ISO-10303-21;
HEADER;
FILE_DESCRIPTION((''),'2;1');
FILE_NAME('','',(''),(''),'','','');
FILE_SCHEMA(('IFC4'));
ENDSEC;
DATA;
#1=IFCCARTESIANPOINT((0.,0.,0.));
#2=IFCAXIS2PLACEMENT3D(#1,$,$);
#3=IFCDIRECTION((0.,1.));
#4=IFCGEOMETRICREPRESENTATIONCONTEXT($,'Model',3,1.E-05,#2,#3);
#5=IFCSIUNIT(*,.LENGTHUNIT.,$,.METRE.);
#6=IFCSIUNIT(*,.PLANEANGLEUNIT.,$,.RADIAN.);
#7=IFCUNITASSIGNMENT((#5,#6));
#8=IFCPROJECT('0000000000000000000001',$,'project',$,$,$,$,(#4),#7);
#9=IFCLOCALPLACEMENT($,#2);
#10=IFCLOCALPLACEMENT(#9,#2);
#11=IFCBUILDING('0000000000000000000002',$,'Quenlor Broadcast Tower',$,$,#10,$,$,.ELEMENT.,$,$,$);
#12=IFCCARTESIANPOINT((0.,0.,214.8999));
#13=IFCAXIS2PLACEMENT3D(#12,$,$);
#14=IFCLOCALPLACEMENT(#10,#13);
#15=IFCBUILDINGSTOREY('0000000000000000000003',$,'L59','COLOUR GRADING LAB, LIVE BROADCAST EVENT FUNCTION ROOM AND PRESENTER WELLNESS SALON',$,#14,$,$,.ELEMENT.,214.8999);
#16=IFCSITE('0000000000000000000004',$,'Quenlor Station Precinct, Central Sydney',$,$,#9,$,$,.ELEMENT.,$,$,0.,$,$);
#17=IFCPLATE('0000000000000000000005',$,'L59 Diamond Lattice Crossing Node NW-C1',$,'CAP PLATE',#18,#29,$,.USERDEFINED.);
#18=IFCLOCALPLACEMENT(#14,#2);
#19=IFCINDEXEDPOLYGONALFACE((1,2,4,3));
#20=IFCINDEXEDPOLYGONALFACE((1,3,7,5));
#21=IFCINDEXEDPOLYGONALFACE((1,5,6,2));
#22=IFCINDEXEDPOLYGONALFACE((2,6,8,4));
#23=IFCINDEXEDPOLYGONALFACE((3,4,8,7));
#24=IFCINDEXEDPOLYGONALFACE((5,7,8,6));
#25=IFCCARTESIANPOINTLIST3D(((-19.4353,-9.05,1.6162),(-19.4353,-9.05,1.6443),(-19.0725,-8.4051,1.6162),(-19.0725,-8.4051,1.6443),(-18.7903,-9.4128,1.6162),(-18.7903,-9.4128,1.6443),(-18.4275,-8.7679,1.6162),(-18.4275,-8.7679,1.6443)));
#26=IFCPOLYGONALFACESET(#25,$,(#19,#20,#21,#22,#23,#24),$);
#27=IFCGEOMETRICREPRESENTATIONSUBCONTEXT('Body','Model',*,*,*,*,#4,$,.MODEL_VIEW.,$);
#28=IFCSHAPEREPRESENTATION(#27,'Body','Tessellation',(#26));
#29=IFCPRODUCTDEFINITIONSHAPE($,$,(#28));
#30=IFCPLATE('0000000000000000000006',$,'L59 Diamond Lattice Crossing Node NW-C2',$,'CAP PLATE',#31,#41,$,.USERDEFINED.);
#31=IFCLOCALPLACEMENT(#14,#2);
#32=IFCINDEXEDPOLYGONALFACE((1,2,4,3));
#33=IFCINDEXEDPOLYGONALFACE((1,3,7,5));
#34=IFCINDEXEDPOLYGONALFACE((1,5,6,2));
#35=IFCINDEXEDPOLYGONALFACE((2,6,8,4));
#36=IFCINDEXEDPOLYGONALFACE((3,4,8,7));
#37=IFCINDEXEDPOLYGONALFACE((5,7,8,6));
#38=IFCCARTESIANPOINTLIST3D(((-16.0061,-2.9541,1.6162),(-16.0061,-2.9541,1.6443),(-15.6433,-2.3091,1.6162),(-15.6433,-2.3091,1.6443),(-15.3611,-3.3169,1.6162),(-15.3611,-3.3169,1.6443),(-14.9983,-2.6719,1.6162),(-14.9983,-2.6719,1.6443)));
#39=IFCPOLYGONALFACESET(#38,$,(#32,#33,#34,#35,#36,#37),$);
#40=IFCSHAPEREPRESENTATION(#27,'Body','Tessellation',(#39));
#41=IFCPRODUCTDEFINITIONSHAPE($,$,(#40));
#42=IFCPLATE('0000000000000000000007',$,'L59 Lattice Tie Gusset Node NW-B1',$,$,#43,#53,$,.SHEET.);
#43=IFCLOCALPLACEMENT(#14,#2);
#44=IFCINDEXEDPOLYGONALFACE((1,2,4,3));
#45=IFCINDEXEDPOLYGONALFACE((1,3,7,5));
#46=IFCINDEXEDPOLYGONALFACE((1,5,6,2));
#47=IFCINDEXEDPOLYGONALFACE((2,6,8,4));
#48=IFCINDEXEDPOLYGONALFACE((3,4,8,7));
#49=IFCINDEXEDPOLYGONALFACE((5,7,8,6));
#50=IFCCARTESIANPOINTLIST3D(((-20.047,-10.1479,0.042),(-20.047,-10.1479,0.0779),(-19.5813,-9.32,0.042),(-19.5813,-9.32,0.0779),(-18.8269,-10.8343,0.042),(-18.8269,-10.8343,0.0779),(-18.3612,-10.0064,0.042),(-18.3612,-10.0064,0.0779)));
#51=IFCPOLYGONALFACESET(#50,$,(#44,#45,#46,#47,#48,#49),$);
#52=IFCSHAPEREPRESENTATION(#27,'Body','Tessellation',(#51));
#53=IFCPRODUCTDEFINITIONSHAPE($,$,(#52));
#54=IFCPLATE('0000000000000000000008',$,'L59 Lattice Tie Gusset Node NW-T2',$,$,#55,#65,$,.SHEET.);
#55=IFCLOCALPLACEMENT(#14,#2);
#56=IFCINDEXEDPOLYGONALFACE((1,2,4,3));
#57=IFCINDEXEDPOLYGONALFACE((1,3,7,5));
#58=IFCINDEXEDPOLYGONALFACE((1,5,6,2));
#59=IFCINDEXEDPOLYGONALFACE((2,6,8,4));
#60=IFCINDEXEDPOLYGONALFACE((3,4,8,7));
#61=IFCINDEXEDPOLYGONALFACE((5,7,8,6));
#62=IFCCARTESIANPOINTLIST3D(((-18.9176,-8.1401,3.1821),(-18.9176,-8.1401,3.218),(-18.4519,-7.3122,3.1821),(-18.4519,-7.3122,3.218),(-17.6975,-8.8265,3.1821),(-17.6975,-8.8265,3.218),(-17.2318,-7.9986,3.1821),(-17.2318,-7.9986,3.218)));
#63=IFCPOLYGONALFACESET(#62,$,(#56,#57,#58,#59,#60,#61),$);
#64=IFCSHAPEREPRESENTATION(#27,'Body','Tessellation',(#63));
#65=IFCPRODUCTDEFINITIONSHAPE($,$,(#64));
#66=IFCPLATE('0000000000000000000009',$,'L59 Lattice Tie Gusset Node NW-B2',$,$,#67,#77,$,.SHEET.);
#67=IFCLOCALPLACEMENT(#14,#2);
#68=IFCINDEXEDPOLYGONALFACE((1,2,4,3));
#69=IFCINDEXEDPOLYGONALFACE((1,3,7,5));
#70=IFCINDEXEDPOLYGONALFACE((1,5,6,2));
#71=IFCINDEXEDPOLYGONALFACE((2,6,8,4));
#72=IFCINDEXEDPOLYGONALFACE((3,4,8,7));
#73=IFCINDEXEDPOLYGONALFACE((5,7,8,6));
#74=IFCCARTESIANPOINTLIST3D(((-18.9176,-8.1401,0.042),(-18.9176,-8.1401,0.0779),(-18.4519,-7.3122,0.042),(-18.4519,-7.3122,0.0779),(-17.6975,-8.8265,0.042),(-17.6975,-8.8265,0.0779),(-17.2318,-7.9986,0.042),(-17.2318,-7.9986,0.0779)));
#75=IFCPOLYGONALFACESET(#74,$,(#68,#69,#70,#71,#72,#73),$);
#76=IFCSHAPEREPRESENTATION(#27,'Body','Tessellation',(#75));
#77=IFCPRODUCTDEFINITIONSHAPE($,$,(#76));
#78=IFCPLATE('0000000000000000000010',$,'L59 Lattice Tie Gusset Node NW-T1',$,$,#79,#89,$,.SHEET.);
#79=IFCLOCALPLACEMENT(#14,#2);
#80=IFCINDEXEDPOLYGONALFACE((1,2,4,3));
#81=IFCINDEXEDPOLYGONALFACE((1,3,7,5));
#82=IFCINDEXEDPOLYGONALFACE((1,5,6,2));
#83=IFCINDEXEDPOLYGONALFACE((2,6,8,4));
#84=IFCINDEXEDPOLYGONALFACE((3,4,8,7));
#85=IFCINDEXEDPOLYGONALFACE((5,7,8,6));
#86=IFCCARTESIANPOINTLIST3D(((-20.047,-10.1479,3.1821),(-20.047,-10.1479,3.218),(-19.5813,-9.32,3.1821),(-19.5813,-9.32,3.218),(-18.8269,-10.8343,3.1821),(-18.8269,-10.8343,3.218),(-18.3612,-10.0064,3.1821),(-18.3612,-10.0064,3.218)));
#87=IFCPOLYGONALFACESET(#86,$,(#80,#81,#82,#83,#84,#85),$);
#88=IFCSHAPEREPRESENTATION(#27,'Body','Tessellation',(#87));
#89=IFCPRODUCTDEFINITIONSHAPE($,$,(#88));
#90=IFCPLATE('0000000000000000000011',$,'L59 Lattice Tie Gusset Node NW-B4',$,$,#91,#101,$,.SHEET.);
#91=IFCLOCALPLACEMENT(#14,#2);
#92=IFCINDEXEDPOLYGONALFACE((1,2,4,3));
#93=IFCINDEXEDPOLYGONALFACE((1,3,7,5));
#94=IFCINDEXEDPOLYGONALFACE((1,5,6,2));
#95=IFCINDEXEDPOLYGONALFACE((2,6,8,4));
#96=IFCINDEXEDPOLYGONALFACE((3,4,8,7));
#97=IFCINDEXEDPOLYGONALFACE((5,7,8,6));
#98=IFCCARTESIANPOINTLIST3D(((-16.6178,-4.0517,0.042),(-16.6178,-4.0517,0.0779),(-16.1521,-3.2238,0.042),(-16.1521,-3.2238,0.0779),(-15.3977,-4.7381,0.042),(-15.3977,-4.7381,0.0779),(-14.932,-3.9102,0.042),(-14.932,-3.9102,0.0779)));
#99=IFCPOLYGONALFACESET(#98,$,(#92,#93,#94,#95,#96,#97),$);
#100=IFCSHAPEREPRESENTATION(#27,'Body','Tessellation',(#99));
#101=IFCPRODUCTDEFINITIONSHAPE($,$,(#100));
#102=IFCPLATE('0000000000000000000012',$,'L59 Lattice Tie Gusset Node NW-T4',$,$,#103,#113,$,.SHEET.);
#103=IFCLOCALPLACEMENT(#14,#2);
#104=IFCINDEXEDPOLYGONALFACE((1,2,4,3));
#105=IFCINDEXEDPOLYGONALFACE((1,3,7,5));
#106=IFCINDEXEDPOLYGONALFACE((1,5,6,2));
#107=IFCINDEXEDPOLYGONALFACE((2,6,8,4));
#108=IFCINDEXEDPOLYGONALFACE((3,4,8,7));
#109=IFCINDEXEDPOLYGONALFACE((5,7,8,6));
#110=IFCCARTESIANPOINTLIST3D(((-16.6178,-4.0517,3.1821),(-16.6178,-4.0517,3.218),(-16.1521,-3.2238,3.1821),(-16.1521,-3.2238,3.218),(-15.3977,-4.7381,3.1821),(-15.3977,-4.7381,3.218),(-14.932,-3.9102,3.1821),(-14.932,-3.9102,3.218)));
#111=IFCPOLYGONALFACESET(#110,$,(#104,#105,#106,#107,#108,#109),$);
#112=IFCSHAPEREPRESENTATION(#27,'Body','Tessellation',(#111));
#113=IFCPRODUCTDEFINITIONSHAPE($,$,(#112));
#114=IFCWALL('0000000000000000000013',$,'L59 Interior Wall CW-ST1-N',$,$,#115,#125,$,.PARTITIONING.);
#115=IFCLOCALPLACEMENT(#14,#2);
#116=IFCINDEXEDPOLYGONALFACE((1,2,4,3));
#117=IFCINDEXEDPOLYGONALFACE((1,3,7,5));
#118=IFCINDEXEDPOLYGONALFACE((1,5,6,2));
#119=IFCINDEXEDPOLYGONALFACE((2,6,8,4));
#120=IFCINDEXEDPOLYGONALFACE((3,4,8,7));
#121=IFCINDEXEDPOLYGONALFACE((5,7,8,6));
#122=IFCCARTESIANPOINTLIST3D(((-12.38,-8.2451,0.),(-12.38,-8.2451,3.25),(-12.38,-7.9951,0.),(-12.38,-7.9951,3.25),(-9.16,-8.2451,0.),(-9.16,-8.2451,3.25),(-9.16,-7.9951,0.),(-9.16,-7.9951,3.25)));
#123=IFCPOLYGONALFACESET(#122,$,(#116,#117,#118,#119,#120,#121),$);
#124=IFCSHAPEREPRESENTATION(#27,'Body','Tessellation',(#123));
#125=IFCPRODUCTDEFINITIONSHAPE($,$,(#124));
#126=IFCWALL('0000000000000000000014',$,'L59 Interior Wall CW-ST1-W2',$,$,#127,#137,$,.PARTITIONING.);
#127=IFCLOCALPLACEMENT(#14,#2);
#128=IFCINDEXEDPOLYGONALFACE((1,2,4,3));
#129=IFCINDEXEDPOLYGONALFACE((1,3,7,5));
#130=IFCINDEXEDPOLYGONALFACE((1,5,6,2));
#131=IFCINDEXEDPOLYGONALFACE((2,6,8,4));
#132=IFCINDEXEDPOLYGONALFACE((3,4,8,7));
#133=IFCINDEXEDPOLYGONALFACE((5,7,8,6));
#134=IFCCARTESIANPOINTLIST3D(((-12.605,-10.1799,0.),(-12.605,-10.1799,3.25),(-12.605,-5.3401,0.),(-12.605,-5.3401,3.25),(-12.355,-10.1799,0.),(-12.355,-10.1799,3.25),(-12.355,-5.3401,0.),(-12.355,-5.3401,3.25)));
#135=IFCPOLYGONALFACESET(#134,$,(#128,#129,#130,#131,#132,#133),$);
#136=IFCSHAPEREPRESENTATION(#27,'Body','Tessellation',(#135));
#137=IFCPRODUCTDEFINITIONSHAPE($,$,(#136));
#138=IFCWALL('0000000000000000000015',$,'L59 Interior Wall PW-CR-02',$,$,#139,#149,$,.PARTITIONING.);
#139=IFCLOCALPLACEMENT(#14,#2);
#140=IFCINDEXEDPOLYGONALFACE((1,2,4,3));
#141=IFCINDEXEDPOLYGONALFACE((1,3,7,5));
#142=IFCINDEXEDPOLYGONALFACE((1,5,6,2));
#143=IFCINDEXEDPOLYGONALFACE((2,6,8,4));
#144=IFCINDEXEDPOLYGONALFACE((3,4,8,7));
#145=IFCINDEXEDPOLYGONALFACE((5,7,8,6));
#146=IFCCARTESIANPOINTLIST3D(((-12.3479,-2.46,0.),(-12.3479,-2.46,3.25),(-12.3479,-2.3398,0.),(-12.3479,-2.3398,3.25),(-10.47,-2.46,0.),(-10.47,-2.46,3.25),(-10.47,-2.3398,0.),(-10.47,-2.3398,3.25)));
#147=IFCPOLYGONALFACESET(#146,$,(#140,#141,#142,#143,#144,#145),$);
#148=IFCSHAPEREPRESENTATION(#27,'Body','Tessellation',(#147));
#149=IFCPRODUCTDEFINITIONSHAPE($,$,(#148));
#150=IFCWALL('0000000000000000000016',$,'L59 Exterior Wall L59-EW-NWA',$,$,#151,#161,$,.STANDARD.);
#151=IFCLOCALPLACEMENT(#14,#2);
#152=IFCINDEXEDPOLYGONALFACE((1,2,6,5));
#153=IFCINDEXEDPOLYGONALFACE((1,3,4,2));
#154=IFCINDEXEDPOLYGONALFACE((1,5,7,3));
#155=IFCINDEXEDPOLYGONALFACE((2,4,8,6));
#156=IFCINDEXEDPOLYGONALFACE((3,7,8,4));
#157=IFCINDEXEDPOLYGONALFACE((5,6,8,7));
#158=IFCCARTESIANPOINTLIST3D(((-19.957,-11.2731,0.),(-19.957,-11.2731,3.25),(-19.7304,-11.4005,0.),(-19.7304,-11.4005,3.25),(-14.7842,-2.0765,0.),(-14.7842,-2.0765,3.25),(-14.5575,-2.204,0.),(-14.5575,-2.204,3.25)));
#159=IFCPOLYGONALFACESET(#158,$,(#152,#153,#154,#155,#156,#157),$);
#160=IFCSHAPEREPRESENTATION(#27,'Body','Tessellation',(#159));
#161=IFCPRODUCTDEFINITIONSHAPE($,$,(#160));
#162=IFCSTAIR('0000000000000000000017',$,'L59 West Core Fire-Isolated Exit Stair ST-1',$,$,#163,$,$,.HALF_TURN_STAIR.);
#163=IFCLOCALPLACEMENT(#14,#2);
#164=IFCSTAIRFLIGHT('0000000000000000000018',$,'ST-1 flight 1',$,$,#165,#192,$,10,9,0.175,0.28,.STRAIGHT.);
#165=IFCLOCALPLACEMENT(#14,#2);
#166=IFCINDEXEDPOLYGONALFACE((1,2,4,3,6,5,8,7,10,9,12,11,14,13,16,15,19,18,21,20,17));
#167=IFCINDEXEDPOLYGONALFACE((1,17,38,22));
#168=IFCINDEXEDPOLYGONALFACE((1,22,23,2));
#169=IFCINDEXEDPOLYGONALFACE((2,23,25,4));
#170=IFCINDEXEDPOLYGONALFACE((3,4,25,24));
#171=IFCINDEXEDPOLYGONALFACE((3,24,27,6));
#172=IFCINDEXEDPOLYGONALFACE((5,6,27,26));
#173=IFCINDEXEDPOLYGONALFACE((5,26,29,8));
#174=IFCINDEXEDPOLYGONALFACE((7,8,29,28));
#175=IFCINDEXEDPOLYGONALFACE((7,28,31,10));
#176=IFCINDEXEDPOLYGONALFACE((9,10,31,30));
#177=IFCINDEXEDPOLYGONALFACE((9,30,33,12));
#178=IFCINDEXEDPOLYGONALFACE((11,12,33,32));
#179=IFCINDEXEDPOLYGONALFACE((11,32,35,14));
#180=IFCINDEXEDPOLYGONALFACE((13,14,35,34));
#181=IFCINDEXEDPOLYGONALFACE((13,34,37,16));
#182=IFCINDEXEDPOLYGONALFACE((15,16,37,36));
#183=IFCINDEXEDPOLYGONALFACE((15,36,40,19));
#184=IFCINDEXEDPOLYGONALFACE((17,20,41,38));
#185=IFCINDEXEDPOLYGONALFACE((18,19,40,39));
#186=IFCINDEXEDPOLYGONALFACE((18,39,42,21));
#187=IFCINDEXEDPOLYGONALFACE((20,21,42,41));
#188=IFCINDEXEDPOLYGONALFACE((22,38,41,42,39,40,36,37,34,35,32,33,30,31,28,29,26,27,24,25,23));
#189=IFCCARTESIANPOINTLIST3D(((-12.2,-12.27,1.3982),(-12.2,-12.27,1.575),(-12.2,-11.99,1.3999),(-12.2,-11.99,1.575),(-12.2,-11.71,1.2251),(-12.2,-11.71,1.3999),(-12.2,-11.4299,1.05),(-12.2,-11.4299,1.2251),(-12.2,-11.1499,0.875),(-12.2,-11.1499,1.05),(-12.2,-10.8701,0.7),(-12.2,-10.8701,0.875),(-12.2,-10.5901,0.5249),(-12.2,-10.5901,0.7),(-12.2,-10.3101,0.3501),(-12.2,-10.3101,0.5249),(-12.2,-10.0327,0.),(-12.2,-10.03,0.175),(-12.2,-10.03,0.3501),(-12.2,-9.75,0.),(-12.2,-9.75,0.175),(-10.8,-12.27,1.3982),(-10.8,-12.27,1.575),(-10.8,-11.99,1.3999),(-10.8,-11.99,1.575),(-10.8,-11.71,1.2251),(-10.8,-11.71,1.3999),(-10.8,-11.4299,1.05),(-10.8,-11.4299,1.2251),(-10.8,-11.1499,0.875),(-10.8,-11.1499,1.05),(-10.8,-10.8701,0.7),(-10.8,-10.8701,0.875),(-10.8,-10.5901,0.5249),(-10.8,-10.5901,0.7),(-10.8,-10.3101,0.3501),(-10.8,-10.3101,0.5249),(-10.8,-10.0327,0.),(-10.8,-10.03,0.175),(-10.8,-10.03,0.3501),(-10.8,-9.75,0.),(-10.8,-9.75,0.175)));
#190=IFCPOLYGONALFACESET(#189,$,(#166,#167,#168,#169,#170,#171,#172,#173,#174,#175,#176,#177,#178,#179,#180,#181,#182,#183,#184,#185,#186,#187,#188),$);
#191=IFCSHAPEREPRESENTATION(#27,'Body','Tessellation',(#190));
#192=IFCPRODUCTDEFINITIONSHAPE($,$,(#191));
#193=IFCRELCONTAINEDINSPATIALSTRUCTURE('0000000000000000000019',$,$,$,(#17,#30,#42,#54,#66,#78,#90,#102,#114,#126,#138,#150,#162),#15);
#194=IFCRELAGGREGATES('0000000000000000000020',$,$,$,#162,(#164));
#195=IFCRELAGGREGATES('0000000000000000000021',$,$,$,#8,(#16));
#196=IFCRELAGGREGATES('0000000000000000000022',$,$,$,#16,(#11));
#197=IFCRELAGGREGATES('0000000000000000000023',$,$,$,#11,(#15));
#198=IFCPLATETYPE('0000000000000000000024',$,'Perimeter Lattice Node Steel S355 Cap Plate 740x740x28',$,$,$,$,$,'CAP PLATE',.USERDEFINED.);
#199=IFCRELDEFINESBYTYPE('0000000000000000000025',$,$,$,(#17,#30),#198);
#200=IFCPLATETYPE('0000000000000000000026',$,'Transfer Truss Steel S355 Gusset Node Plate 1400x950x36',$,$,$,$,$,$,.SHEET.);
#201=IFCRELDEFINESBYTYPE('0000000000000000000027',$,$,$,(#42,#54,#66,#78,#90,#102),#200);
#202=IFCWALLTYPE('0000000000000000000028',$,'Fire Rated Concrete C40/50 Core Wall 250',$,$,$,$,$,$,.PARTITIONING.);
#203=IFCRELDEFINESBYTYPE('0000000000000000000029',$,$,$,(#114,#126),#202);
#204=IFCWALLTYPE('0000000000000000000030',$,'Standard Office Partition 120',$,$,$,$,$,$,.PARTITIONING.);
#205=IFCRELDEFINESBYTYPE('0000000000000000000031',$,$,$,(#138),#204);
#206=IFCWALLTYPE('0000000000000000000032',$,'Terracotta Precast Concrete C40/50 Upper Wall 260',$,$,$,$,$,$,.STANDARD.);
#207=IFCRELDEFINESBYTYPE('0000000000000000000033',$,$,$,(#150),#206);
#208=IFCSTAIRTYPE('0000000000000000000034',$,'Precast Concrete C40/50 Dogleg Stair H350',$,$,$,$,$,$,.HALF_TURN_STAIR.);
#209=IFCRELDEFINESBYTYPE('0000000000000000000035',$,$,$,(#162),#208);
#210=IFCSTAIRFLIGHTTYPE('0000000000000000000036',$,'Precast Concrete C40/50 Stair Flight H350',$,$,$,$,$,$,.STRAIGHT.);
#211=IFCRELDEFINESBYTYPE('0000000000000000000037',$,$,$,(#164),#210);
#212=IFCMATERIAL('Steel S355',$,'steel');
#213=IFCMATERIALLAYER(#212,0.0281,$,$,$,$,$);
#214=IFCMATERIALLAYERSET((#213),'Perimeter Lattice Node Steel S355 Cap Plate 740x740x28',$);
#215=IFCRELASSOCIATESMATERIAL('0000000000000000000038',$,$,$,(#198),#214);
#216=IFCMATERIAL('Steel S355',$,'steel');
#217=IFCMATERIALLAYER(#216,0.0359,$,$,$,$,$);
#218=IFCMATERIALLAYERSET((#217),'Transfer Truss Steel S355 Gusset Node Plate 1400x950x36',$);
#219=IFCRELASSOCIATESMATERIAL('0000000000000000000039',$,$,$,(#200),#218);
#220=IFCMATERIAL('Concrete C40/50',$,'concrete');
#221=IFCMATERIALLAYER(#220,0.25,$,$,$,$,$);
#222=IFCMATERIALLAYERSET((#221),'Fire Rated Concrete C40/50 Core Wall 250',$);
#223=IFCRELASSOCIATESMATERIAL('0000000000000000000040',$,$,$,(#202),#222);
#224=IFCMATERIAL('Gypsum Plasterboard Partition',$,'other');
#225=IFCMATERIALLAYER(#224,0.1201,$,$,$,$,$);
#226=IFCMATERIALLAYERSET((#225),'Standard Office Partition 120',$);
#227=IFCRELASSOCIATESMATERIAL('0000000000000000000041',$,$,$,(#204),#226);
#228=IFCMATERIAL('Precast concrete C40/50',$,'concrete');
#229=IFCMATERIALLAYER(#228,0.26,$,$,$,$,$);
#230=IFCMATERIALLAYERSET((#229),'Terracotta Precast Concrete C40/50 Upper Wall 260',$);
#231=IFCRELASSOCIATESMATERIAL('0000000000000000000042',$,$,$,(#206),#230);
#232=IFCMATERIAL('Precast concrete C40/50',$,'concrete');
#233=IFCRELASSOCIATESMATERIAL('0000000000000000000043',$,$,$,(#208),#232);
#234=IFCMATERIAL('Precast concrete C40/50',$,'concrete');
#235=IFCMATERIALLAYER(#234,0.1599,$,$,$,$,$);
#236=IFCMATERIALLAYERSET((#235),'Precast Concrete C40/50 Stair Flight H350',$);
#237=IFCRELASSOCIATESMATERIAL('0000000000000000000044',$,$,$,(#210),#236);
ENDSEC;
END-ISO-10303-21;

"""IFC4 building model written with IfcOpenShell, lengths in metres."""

from ifc_helpers import new_model, si_unit, direction, frame, frame_2d, origin, origin_2d, place, context, subcontext, project, spatial, polyline, rectangle, outline, extrude, material, layer, layer_set, type_object, element, aggregate, save


model = new_model("IFC4")

# Units and contexts
model_context = context("Model", 3, precision=1e-05, world=origin(), true_north=direction((0.0, 1.0)))
body_context = subcontext(model_context, "Body", "Model", "MODEL_VIEW")
ifc_project = project(units=[si_unit("LENGTHUNIT", "METRE"), si_unit("PLANEANGLEUNIT", "RADIAN")], contexts=[model_context])

# Site, building, storey
site_placement = place(None, origin())
site = spatial("IfcSite", under=ifc_project, at=site_placement, Name="Quenlor Station Precinct, Central Sydney", CompositionType="ELEMENT", RefElevation=0.0)
building_placement = place(site_placement, origin())
building = spatial("IfcBuilding", under=site, at=building_placement, Name="Quenlor Broadcast Tower", CompositionType="ELEMENT")
storey_placement = place(building_placement, frame((0.0, 0.0, 214.8999)))
storey = spatial("IfcBuildingStorey", under=building, at=storey_placement, Name="L59", Description="COLOUR GRADING LAB, LIVE BROADCAST EVENT FUNCTION ROOM AND PRESENTER WELLNESS SALON", CompositionType="ELEMENT", Elevation=214.8999)

# Plates
ifc_material_1 = material(Name="Steel S355", Category="steel")
ifc_layer_1 = layer(ifc_material_1, 0.0281)
ifc_layer_set_1 = layer_set([ifc_layer_1], Name="Perimeter Lattice Node Steel S355 Cap Plate 740x740x28")
plate_type_1 = type_object("IfcPlateType", Name="Perimeter Lattice Node Steel S355 Cap Plate 740x740x28", ElementType="CAP PLATE", PredefinedType="USERDEFINED", material=ifc_layer_set_1)
for number, where, z_axis, x_axis, name in (
    (1, (-18.9314, -8.9089, 1.6162), (0.0, 0.0, 1.0), (0.490295, 0.871556, 0.0), "L59 Diamond Lattice Crossing Node NW-C1"),
    (2, (-15.5022, -2.813, 1.6162), (0.0, 0.0, 1.0), (0.490295, 0.871556, 0.0), "L59 Diamond Lattice Crossing Node NW-C2"),
):
    element("IfcPlate", number, at=place(storey_placement, frame(where, z_axis=z_axis, x_axis=x_axis)), inside=storey, type_object=plate_type_1, Name=name, ObjectType="CAP PLATE", PredefinedType="USERDEFINED", context=body_context, shape_type="SweptSolid", body=[
        extrude(rectangle(XDim=0.74, YDim=0.74, at=origin_2d()), origin(), (0.0, 0.0, 1.0), 0.0281),
    ])
ifc_material_2 = material(Name="Steel S355", Category="steel")
ifc_layer_2 = layer(ifc_material_2, 0.0359)
ifc_layer_set_2 = layer_set([ifc_layer_2], Name="Transfer Truss Steel S355 Gusset Node Plate 1400x950x36")
plate_type_2 = type_object("IfcPlateType", Name="Transfer Truss Steel S355 Gusset Node Plate 1400x950x36", PredefinedType="SHEET", material=ifc_layer_set_2)
for number, where, z_axis, x_axis, name in (
    (3, (-19.2041, -10.0771, 0.042), (0.0, 0.0, 1.0), (-0.871556, 0.490295, 0.0), "L59 Lattice Tie Gusset Node NW-B1"),
    (4, (-18.0747, -8.0693, 3.1821), (0.0, 0.0, 1.0), (-0.871556, 0.490295, 0.0), "L59 Lattice Tie Gusset Node NW-T2"),
    (5, (-18.0747, -8.0693, 0.042), (0.0, 0.0, 1.0), (-0.871556, 0.490295, 0.0), "L59 Lattice Tie Gusset Node NW-B2"),
    (6, (-19.2041, -10.0771, 3.1821), (0.0, 0.0, 1.0), (-0.871556, 0.490295, 0.0), "L59 Lattice Tie Gusset Node NW-T1"),
    (7, (-15.7749, -3.981, 0.042), (0.0, 0.0, 1.0), (-0.871556, 0.490295, 0.0), "L59 Lattice Tie Gusset Node NW-B4"),
    (8, (-15.7749, -3.981, 3.1821), (0.0, 0.0, 1.0), (-0.871556, 0.490295, 0.0), "L59 Lattice Tie Gusset Node NW-T4"),
):
    element("IfcPlate", number, at=place(storey_placement, frame(where, z_axis=z_axis, x_axis=x_axis)), inside=storey, type_object=plate_type_2, Name=name, PredefinedType="SHEET", context=body_context, shape_type="SweptSolid", body=[
        extrude(rectangle(XDim=1.3999, YDim=0.95, at=origin_2d()), origin(), (0.0, 0.0, 1.0), 0.0359),
    ])

# Walls
ifc_material_3 = material(Name="Concrete C40/50", Category="concrete")
ifc_layer_3 = layer(ifc_material_3, 0.25)
ifc_layer_set_3 = layer_set([ifc_layer_3], Name="Fire Rated Concrete C40/50 Core Wall 250")
wall_type_1 = type_object("IfcWallType", Name="Fire Rated Concrete C40/50 Core Wall 250", PredefinedType="PARTITIONING", material=ifc_layer_set_3)
wall_1_placement = place(storey_placement, frame((-12.3799, -8.1201, 0.0), z_axis=(0.0, 0.0, 1.0), x_axis=(1.0, 0.0, 0.0)))
element("IfcWall", 9, at=wall_1_placement, inside=storey, type_object=wall_type_1, Name="L59 Interior Wall CW-ST1-N", PredefinedType="PARTITIONING", context=body_context, shape_type="SweptSolid", body=[
    extrude(rectangle(XDim=3.22, YDim=0.25, at=frame_2d((1.6099, 0.0))), origin(), (0.0, 0.0, 1.0), 3.25),
])
wall_2_placement = place(storey_placement, frame((-12.48, -10.1799, 0.0), z_axis=(0.0, 0.0, 1.0), x_axis=(0.0, 1.0, 0.0)))
element("IfcWall", 10, at=wall_2_placement, inside=storey, type_object=wall_type_1, Name="L59 Interior Wall CW-ST1-W2", PredefinedType="PARTITIONING", context=body_context, shape_type="SweptSolid", body=[
    extrude(rectangle(XDim=4.8398, YDim=0.25, at=frame_2d((2.4199, 0.0))), origin(), (0.0, 0.0, 1.0), 3.25),
])

# Shared definitions
ifc_material_4 = material(Name="Gypsum Plasterboard Partition", Category="other")
ifc_layer_4 = layer(ifc_material_4, 0.1201)
ifc_layer_set_4 = layer_set([ifc_layer_4], Name="Standard Office Partition 120")
wall_type_2 = type_object("IfcWallType", Name="Standard Office Partition 120", PredefinedType="PARTITIONING", material=ifc_layer_set_4)

# Walls
wall_3_placement = place(storey_placement, frame((-12.3479, -2.3999, 0.0), z_axis=(0.0, 0.0, 1.0), x_axis=(1.0, 0.0, 0.0)))
element("IfcWall", 11, at=wall_3_placement, inside=storey, type_object=wall_type_2, Name="L59 Interior Wall PW-CR-02", PredefinedType="PARTITIONING", context=body_context, shape_type="SweptSolid", body=[
    extrude(rectangle(XDim=1.8779, YDim=0.1201, at=frame_2d((0.939, 0.0))), origin(), (0.0, 0.0, 1.0), 3.25),
])
ifc_material_5 = material(Name="Precast concrete C40/50", Category="concrete")
ifc_layer_5 = layer(ifc_material_5, 0.26)
ifc_layer_set_5 = layer_set([ifc_layer_5], Name="Terracotta Precast Concrete C40/50 Upper Wall 260")
wall_type_3 = type_object("IfcWallType", Name="Terracotta Precast Concrete C40/50 Upper Wall 260", PredefinedType="STANDARD", material=ifc_layer_set_5)
wall_4_placement = place(storey_placement, frame((-19.8438, -11.3369, 0.0), z_axis=(0.0, 0.0, 1.0), x_axis=(0.490247, 0.871584, 0.0)))
element("IfcWall", 12, at=wall_4_placement, inside=storey, type_object=wall_type_3, Name="L59 Exterior Wall L59-EW-NWA", PredefinedType="STANDARD", context=body_context, shape_type="SweptSolid", body=[
    extrude(rectangle(XDim=10.5515, YDim=0.26, at=frame_2d((5.2759, 0.0))), origin(), (0.0, 0.0, 1.0), 3.25),
])

# Stair, stair flight
ifc_material_6 = material(Name="Precast concrete C40/50", Category="concrete")
stair_type = type_object("IfcStairType", Name="Precast Concrete C40/50 Dogleg Stair H350", PredefinedType="HALF_TURN_STAIR", material=ifc_material_6)
stair_placement = place(storey_placement, origin())
stair = element("IfcStair", 13, at=stair_placement, inside=storey, type_object=stair_type, Name="L59 West Core Fire-Isolated Exit Stair ST-1", PredefinedType="HALF_TURN_STAIR")
ifc_material_7 = material(Name="Precast concrete C40/50", Category="concrete")
ifc_layer_6 = layer(ifc_material_7, 0.1599)
ifc_layer_set_6 = layer_set([ifc_layer_6], Name="Precast Concrete C40/50 Stair Flight H350")
stair_flight_type = type_object("IfcStairFlightType", Name="Precast Concrete C40/50 Stair Flight H350", PredefinedType="STRAIGHT", material=ifc_layer_set_6)
stair_flight_placement = place(storey_placement, frame((-11.5, -9.75, 0.0), z_axis=(0.0, 0.0, 1.0), x_axis=(0.0, -1.0, 0.0)))
stair_flight = element("IfcStairFlight", 14, at=stair_flight_placement, type_object=stair_flight_type, Name="ST-1 flight 1", NumberOfRisers=10, NumberOfTreads=9, PredefinedType="STRAIGHT", RiserHeight=0.175, TreadLength=0.28, context=body_context, shape_type="SweptSolid", body=[
    extrude(outline(polyline([(0.0, 0.0), (0.0, 0.175), (0.28, 0.175), (0.28, 0.3501), (0.5601, 0.3501), (0.5601, 0.5249), (0.8401, 0.5249), (0.8401, 0.7), (1.1201, 0.7), (1.1201, 0.875), (1.3999, 0.875), (1.3999, 1.05), (1.6799, 1.05), (1.6799, 1.2251), (1.96, 1.2251), (1.96, 1.3999), (2.24, 1.3999), (2.24, 1.575), (2.52, 1.575), (2.52, 1.75), (2.52, 1.3982), (0.2827, 0.0), (0.0, 0.0)])), frame((0.0, 0.7, 0.0), z_axis=(0.0, -1.0, 0.0), x_axis=(1.0, 0.0, 0.0)), (0.0, 0.0, 1.0), 1.3999),
])
aggregate(stair, [stair_flight])

save(model, "model.ifc")
